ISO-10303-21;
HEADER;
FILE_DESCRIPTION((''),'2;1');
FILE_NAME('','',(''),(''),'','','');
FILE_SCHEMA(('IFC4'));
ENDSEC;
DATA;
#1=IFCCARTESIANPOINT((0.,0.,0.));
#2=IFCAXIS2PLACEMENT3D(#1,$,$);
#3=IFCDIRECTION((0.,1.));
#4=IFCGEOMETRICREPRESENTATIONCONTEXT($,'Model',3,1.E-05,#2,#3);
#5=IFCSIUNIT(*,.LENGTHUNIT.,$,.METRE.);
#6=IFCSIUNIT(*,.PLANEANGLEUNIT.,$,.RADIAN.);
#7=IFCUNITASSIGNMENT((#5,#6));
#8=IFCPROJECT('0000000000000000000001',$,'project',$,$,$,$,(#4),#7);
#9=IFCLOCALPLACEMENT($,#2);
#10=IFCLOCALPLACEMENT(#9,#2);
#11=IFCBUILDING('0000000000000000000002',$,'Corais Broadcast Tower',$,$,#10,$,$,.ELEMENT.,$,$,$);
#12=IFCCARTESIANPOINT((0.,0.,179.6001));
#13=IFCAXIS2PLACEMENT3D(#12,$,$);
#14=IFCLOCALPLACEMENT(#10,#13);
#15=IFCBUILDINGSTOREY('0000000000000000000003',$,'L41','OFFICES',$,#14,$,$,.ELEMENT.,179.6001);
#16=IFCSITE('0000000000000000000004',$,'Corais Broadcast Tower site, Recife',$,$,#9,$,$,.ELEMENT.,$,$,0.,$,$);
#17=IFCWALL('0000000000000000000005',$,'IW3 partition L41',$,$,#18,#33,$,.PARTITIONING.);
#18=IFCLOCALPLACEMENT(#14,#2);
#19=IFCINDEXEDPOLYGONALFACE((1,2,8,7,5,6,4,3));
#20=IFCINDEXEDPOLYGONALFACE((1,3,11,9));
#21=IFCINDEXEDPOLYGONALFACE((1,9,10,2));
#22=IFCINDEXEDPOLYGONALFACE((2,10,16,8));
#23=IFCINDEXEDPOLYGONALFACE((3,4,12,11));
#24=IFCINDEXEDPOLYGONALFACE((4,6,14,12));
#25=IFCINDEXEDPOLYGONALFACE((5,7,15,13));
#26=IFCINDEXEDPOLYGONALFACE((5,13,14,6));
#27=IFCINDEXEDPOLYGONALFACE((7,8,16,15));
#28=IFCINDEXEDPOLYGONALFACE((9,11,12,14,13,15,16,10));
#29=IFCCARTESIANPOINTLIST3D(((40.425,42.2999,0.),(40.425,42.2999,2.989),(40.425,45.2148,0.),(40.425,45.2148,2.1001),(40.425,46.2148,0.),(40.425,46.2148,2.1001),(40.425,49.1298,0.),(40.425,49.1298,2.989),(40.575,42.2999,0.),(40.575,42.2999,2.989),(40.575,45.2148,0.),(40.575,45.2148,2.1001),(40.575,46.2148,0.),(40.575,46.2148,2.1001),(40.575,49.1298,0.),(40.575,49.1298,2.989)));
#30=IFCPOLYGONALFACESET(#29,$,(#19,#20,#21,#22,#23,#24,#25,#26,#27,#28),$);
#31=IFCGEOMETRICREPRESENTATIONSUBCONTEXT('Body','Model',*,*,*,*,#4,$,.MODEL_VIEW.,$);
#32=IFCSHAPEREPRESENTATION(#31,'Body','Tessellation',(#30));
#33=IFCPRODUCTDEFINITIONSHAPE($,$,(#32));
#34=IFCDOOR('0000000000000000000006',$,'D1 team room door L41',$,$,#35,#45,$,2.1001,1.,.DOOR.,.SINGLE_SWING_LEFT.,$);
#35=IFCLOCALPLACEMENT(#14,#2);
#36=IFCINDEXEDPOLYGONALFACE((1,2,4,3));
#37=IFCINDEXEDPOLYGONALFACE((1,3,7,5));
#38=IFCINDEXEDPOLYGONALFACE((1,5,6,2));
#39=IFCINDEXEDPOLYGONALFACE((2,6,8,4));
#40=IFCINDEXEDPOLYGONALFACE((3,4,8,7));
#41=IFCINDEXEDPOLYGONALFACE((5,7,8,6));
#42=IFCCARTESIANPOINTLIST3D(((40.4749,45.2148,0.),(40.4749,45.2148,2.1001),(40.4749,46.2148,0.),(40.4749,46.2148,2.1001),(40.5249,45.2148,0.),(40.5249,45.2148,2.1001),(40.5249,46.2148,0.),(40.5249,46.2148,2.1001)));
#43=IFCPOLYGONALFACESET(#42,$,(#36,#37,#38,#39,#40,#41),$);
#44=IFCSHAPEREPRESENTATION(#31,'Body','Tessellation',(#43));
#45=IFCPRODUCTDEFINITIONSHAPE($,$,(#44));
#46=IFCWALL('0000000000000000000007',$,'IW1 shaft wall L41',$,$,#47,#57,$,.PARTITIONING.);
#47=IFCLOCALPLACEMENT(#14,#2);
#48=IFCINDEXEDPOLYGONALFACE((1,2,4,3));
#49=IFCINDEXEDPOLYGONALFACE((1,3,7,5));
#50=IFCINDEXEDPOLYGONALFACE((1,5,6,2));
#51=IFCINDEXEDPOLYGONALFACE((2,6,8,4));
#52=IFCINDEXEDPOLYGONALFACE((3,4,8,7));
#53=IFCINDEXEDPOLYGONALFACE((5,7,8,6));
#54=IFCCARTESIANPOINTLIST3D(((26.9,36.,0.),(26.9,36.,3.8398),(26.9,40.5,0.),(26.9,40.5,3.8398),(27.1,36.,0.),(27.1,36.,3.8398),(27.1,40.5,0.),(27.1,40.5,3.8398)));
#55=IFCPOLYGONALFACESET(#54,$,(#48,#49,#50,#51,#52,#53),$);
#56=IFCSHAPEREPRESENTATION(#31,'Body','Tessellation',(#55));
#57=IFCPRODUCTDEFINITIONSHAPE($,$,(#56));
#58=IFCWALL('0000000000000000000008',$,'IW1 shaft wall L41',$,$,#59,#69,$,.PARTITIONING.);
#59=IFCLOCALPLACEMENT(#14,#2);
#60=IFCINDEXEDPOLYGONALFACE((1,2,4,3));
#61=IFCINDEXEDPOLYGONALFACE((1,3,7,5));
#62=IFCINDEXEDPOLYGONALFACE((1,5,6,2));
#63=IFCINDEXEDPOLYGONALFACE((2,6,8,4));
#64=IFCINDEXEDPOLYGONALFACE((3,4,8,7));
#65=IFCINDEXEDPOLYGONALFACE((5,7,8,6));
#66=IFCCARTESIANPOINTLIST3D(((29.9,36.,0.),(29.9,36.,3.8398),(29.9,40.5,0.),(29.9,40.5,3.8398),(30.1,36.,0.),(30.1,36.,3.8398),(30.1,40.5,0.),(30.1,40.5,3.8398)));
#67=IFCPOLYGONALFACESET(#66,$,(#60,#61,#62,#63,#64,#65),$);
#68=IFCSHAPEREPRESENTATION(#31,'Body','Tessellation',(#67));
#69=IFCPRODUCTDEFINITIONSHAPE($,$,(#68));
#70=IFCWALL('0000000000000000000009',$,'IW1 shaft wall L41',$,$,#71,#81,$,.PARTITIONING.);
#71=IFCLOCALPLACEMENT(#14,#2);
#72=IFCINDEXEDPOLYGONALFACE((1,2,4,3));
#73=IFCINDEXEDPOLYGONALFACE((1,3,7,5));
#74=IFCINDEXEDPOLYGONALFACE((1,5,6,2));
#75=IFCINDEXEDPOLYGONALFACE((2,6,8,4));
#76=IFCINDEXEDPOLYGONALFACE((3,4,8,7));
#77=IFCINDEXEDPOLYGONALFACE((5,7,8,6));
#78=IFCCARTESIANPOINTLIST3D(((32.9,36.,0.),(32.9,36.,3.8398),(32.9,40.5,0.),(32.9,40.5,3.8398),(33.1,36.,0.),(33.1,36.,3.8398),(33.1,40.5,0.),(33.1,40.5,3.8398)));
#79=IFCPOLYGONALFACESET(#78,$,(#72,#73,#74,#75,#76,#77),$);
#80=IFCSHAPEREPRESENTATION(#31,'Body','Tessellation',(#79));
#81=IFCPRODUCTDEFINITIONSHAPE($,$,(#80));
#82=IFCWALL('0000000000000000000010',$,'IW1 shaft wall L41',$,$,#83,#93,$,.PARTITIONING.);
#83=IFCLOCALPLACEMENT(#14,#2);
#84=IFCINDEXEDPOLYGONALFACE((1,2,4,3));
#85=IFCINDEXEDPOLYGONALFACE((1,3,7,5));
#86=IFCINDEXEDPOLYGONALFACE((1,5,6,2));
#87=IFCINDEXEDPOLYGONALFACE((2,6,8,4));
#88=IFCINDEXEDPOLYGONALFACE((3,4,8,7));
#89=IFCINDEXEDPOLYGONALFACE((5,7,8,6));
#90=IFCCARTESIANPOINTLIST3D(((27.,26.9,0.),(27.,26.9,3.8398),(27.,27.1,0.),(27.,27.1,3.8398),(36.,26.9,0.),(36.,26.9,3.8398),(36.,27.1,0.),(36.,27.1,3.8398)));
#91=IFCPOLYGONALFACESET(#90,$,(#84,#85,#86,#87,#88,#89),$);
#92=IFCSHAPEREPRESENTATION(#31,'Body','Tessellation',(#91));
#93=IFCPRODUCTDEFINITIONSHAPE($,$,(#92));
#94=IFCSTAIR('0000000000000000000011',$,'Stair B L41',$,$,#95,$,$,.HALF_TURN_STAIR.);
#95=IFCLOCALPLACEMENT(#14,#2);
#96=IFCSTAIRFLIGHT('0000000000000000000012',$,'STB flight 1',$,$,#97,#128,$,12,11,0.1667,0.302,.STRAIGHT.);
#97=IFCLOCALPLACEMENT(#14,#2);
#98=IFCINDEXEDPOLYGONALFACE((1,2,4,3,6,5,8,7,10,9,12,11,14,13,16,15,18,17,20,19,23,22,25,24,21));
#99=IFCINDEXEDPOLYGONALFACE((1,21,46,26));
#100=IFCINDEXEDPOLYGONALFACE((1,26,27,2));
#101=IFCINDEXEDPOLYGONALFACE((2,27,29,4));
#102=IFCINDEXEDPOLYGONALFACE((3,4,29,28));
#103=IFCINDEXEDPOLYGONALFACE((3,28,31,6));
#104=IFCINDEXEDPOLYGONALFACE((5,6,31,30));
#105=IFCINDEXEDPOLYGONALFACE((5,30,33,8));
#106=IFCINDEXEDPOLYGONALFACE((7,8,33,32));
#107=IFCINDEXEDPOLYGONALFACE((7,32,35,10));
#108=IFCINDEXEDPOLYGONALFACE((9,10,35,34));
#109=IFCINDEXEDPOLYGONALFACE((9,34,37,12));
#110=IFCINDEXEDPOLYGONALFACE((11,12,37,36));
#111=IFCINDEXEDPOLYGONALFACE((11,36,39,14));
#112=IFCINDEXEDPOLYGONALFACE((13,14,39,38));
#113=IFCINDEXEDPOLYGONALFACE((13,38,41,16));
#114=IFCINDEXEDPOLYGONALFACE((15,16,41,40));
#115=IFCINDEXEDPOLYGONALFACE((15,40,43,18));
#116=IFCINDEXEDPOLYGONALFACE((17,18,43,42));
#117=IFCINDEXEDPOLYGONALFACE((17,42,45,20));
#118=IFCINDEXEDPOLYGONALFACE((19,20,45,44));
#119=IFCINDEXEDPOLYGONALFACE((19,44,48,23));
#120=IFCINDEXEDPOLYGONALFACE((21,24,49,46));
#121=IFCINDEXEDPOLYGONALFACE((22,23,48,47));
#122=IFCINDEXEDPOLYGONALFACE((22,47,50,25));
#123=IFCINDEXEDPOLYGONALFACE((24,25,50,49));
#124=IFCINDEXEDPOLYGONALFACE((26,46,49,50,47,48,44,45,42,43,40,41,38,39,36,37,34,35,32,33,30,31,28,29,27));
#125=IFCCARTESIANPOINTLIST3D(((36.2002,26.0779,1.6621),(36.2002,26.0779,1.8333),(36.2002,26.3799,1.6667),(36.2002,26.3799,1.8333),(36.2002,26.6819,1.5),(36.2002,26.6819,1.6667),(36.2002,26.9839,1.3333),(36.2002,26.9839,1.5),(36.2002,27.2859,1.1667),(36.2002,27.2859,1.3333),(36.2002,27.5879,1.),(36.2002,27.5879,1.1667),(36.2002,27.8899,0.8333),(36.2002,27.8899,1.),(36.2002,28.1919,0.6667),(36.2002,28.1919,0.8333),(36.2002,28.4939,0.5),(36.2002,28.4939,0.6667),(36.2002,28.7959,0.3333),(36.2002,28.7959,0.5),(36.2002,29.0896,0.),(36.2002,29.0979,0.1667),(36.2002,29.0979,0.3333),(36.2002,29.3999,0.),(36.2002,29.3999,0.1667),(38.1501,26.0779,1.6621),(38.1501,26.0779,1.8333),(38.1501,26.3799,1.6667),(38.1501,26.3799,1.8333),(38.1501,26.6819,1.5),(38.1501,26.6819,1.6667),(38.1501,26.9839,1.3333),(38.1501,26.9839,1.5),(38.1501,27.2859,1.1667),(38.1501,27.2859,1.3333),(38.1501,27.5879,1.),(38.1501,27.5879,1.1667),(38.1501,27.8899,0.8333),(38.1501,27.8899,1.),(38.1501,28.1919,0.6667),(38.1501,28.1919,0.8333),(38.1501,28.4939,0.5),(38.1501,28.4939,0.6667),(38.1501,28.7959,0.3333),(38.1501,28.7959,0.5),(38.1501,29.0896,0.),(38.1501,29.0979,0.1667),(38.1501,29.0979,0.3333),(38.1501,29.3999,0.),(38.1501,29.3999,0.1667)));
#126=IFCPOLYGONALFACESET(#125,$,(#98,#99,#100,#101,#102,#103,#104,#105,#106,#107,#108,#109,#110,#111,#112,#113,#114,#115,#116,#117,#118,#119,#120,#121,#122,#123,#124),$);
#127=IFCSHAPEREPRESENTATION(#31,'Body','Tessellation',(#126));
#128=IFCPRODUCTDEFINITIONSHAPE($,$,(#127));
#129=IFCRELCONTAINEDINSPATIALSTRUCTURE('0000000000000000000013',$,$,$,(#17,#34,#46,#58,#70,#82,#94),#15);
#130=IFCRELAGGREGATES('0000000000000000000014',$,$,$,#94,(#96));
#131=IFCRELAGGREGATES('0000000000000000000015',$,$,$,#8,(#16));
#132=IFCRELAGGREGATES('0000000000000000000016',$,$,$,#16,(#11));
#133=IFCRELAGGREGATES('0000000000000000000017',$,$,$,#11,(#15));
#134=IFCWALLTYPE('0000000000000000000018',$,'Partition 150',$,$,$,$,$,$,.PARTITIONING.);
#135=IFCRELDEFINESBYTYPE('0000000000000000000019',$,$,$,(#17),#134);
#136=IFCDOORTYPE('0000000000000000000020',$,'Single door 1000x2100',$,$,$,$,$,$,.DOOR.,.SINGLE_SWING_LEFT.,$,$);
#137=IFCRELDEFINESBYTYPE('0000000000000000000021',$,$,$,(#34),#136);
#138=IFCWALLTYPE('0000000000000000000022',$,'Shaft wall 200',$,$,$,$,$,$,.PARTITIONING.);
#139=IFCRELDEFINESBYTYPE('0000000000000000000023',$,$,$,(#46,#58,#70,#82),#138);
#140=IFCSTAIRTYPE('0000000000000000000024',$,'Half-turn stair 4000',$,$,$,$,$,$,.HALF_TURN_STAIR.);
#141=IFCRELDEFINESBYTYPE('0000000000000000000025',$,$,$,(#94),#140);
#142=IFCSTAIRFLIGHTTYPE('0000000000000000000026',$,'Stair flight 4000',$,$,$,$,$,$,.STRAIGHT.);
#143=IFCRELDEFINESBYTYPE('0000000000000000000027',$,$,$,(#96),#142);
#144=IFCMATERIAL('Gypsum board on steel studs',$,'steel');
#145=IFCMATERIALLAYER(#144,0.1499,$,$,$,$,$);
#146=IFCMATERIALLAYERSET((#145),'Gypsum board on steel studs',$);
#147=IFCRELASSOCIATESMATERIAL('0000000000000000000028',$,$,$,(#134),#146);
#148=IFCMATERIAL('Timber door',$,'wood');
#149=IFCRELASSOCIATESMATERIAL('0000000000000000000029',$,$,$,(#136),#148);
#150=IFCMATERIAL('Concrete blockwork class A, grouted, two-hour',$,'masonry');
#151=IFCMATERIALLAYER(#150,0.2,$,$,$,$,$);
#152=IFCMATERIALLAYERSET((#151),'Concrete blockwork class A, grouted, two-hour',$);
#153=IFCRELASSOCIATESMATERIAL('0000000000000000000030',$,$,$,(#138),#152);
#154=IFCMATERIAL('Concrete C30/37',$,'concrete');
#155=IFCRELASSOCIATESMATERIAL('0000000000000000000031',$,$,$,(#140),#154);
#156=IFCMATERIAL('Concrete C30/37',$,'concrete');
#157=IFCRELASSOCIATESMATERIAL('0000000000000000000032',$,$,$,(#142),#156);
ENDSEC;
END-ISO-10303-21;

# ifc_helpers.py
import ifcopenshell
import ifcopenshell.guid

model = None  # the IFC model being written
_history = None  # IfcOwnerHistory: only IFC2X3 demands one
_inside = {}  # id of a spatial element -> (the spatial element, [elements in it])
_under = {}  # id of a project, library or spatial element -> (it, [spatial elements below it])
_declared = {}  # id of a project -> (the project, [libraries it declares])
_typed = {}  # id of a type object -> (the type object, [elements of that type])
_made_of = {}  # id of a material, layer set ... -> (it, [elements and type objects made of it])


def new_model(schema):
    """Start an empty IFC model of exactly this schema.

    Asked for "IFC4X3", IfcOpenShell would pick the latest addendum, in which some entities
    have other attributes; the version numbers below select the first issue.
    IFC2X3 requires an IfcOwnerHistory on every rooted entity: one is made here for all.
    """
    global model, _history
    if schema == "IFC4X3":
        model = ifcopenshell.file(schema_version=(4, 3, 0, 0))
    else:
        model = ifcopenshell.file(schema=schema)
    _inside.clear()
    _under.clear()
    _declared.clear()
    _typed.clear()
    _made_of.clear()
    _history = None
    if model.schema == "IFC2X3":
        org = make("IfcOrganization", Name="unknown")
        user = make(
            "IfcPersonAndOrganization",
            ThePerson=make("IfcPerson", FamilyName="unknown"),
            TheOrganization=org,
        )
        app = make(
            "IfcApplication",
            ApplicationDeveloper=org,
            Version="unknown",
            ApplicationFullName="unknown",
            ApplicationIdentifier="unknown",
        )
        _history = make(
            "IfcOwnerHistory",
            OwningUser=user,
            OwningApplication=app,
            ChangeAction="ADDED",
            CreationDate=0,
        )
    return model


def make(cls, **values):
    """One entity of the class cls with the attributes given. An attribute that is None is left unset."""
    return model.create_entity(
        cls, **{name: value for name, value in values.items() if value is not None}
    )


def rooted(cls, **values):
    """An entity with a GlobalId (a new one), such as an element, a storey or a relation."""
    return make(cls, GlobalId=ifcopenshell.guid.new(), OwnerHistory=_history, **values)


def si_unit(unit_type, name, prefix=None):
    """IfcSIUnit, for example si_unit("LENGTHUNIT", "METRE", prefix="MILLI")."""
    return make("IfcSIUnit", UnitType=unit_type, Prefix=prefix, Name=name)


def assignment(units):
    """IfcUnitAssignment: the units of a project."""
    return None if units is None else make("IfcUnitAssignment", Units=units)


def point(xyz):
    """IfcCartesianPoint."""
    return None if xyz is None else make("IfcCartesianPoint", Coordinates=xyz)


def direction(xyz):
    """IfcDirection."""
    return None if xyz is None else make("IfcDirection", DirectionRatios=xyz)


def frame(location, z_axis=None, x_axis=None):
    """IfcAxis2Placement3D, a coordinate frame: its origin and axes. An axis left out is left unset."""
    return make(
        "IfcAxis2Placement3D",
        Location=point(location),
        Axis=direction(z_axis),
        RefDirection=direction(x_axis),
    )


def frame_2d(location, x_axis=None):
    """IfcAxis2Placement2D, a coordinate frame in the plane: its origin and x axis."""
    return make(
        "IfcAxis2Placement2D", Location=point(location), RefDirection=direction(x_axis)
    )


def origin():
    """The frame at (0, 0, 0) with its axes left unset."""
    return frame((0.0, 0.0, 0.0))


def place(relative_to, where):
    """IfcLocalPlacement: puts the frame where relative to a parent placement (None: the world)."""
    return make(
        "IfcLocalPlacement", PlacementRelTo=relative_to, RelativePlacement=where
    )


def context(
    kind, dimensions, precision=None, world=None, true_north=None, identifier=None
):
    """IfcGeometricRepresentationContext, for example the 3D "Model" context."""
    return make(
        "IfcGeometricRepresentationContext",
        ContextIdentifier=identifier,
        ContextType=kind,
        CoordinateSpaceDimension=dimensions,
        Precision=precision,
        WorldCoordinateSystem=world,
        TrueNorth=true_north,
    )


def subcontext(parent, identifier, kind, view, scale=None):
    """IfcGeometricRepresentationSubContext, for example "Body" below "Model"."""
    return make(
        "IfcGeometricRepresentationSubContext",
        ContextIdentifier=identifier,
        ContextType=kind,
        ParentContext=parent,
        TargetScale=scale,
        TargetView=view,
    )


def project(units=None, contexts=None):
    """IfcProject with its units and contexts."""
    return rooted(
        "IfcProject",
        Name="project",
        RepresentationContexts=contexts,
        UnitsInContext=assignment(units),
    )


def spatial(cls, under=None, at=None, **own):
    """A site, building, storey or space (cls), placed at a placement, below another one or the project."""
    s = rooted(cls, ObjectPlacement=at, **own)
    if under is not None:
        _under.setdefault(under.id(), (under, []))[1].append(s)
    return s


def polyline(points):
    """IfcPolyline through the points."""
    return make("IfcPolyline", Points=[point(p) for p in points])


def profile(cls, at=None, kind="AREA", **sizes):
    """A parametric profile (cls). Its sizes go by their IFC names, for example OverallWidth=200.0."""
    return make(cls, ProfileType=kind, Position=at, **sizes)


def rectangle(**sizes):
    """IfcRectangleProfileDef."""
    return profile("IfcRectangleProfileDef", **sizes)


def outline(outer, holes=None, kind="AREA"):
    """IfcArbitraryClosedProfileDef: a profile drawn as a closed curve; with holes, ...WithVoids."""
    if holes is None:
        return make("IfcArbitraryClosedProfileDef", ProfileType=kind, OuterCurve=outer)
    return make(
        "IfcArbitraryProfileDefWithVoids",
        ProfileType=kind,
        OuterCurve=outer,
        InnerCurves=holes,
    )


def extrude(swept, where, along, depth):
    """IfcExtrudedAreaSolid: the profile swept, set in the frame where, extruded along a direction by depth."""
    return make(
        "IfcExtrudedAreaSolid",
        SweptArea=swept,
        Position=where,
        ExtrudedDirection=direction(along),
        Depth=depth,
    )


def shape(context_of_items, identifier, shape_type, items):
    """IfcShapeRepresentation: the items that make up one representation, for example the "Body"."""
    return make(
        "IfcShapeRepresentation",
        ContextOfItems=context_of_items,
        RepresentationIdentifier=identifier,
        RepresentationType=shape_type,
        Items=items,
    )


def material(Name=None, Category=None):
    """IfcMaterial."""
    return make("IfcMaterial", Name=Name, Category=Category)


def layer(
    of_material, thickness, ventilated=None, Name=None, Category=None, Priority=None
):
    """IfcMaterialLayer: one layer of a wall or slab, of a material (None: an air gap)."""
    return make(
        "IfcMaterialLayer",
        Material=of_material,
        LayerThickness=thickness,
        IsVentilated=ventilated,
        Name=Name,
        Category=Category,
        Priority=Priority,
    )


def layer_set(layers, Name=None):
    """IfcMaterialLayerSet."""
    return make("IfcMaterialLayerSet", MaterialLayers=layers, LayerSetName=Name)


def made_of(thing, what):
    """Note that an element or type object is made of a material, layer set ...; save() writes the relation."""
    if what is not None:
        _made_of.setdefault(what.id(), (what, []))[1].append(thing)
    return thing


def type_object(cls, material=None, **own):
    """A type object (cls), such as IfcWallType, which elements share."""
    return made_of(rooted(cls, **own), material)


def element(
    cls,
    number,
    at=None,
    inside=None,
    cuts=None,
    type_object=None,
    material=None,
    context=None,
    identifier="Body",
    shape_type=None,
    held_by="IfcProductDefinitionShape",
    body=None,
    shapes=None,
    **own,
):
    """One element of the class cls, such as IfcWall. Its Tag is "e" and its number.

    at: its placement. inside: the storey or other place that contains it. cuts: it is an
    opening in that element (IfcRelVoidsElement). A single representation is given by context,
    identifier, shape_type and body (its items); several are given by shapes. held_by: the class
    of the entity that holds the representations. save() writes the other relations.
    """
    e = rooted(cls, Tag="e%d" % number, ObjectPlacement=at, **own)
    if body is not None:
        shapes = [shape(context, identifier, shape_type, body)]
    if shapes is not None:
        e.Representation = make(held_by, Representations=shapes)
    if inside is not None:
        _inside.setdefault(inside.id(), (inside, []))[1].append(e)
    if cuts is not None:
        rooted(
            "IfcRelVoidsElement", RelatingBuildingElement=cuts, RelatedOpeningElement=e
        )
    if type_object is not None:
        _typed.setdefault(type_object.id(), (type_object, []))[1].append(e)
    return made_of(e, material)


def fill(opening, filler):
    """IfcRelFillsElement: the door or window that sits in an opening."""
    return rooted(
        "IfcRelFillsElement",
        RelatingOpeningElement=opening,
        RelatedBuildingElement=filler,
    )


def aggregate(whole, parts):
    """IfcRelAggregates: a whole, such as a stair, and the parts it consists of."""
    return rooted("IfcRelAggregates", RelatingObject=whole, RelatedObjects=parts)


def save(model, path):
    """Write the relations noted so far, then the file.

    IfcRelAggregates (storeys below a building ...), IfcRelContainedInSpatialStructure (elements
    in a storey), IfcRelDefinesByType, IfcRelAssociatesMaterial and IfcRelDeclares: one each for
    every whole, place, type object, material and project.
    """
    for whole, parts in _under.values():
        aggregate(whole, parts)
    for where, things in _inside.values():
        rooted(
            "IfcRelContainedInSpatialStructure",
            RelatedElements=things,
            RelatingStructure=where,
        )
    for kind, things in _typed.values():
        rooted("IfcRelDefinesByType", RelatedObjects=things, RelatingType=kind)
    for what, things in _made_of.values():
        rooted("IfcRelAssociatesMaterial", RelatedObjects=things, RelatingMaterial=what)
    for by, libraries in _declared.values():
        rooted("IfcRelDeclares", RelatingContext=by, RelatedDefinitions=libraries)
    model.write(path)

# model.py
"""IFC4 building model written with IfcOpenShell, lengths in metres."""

from ifc_helpers import new_model, si_unit, direction, frame, frame_2d, origin, place, context, subcontext, project, spatial, polyline, rectangle, outline, extrude, material, layer, layer_set, type_object, element, fill, aggregate, save


model = new_model("IFC4")

# Units and contexts
model_context = context("Model", 3, precision=1e-05, world=origin(), true_north=direction((0.0, 1.0)))
body_context = subcontext(model_context, "Body", "Model", "MODEL_VIEW")
ifc_project = project(units=[si_unit("LENGTHUNIT", "METRE"), si_unit("PLANEANGLEUNIT", "RADIAN")], contexts=[model_context])

# Site, building, storey
site_placement = place(None, origin())
site = spatial("IfcSite", under=ifc_project, at=site_placement, Name="Corais Broadcast Tower site, Recife", CompositionType="ELEMENT", RefElevation=0.0)
building_placement = place(site_placement, origin())
building = spatial("IfcBuilding", under=site, at=building_placement, Name="Corais Broadcast Tower", CompositionType="ELEMENT")
storey_placement = place(building_placement, frame((0.0, 0.0, 179.6001)))
storey = spatial("IfcBuildingStorey", under=building, at=storey_placement, Name="L41", Description="OFFICES", CompositionType="ELEMENT", Elevation=179.6001)

# Shared definitions
ifc_material_1 = material(Name="Gypsum board on steel studs", Category="steel")
ifc_layer_1 = layer(ifc_material_1, 0.1499)
ifc_layer_set_1 = layer_set([ifc_layer_1], Name="Gypsum board on steel studs")
wall_type_1 = type_object("IfcWallType", Name="Partition 150", PredefinedType="PARTITIONING", material=ifc_layer_set_1)
ifc_material_2 = material(Name="Timber door", Category="wood")
door_type = type_object("IfcDoorType", Name="Single door 1000x2100", OperationType="SINGLE_SWING_LEFT", PredefinedType="DOOR", material=ifc_material_2)

# Wall, opening, door
wall_1_placement = place(storey_placement, frame((40.5, 49.1299, 0.0), z_axis=(0.0, 0.0, 1.0), x_axis=(0.0, -1.0, 0.0)))
wall_1 = element("IfcWall", 1, at=wall_1_placement, inside=storey, type_object=wall_type_1, Name="IW3 partition L41", PredefinedType="PARTITIONING", context=body_context, shape_type="SweptSolid", body=[
    extrude(rectangle(XDim=6.8298, YDim=0.1499, at=frame_2d((3.415, 0.0))), origin(), (0.0, 0.0, 1.0), 2.989),
])
opening_1_placement = place(wall_1_placement, frame((2.915, 0.0, 0.0)))
opening_1 = element("IfcOpeningElement", 2, at=opening_1_placement, cuts=wall_1, PredefinedType="OPENING", context=body_context, shape_type="SweptSolid", body=[
    extrude(rectangle(XDim=1.0, YDim=2.1001, at=frame_2d((0.5, 1.05))), frame((0.0, 0.085, 0.0), z_axis=(0.0, -1.0, 0.0), x_axis=(1.0, 0.0, 0.0)), (0.0, 0.0, 1.0), 0.1699),
])
door_1_placement = place(opening_1_placement, origin())
door_1 = element("IfcDoor", 3, at=door_1_placement, inside=storey, type_object=door_type, Name="D1 team room door L41", OperationType="SINGLE_SWING_LEFT", OverallHeight=2.1001, OverallWidth=1.0, PredefinedType="DOOR", context=body_context, shape_type="SweptSolid", body=[
    extrude(rectangle(XDim=1.0, YDim=2.1001, at=frame_2d((0.5, 1.05))), frame((0.0, 0.0249, 0.0), z_axis=(0.0, -1.0, 0.0), x_axis=(1.0, 0.0, 0.0)), (0.0, 0.0, 1.0), 0.05),
])
fill(opening_1, door_1)

# Walls
ifc_material_3 = material(Name="Concrete blockwork class A, grouted, two-hour", Category="masonry")
ifc_layer_2 = layer(ifc_material_3, 0.2)
ifc_layer_set_2 = layer_set([ifc_layer_2], Name="Concrete blockwork class A, grouted, two-hour")
wall_type_2 = type_object("IfcWallType", Name="Shaft wall 200", PredefinedType="PARTITIONING", material=ifc_layer_set_2)
for number, where, z_axis, x_axis, name in (
    (4, (27.0, 36.0, 0.0), (0.0, 0.0, 1.0), (0.0, 1.0, 0.0), "IW1 shaft wall L41"),
    (5, (30.0, 36.0, 0.0), (0.0, 0.0, 1.0), (0.0, 1.0, 0.0), "IW1 shaft wall L41"),
    (6, (33.0, 36.0, 0.0), (0.0, 0.0, 1.0), (0.0, 1.0, 0.0), "IW1 shaft wall L41"),
):
    element("IfcWall", number, at=place(storey_placement, frame(where, z_axis=z_axis, x_axis=x_axis)), inside=storey, type_object=wall_type_2, Name=name, PredefinedType="PARTITIONING", context=body_context, shape_type="SweptSolid", body=[
        extrude(rectangle(XDim=4.5, YDim=0.2, at=frame_2d((2.25, 0.0))), origin(), (0.0, 0.0, 1.0), 3.8398),
    ])
wall_2_placement = place(storey_placement, frame((27.0, 27.0, 0.0), z_axis=(0.0, 0.0, 1.0), x_axis=(1.0, 0.0, 0.0)))
element("IfcWall", 7, at=wall_2_placement, inside=storey, type_object=wall_type_2, Name="IW1 shaft wall L41", PredefinedType="PARTITIONING", context=body_context, shape_type="SweptSolid", body=[
    extrude(rectangle(XDim=9.0, YDim=0.2, at=frame_2d((4.5, 0.0))), origin(), (0.0, 0.0, 1.0), 3.8398),
])

# Stair, stair flight
ifc_material_4 = material(Name="Concrete C30/37", Category="concrete")
stair_type = type_object("IfcStairType", Name="Half-turn stair 4000", PredefinedType="HALF_TURN_STAIR", material=ifc_material_4)
stair_placement = place(storey_placement, origin())
stair = element("IfcStair", 8, at=stair_placement, inside=storey, type_object=stair_type, Name="Stair B L41", PredefinedType="HALF_TURN_STAIR")
ifc_material_5 = material(Name="Concrete C30/37", Category="concrete")
stair_flight_type = type_object("IfcStairFlightType", Name="Stair flight 4000", PredefinedType="STRAIGHT", material=ifc_material_5)
stair_flight_placement = place(storey_placement, frame((37.175, 29.3999, 0.0), z_axis=(0.0, 0.0, 1.0), x_axis=(0.0, -1.0, 0.0)))
stair_flight = element("IfcStairFlight", 9, at=stair_flight_placement, type_object=stair_flight_type, Name="STB flight 1", NumberOfRisers=12, NumberOfTreads=11, PredefinedType="STRAIGHT", RiserHeight=0.1667, TreadLength=0.302, context=body_context, shape_type="SweptSolid", body=[
    extrude(outline(polyline([(0.0, 0.0), (0.0, 0.1667), (0.302, 0.1667), (0.302, 0.3333), (0.604, 0.3333), (0.604, 0.5), (0.906, 0.5), (0.906, 0.6667), (1.208, 0.6667), (1.208, 0.8333), (1.51, 0.8333), (1.51, 1.0), (1.812, 1.0), (1.812, 1.1667), (2.114, 1.1667), (2.114, 1.3333), (2.416, 1.3333), (2.416, 1.5), (2.718, 1.5), (2.718, 1.6667), (3.02, 1.6667), (3.02, 1.8333), (3.322, 1.8333), (3.322, 2.0), (3.322, 1.6621), (0.3103, 0.0), (0.0, 0.0)])), frame((0.0, 0.9751, 0.0), z_axis=(0.0, -1.0, 0.0), x_axis=(1.0, 0.0, 0.0)), (0.0, 0.0, 1.0), 1.95),
])
aggregate(stair, [stair_flight])

save(model, "model.ifc")
